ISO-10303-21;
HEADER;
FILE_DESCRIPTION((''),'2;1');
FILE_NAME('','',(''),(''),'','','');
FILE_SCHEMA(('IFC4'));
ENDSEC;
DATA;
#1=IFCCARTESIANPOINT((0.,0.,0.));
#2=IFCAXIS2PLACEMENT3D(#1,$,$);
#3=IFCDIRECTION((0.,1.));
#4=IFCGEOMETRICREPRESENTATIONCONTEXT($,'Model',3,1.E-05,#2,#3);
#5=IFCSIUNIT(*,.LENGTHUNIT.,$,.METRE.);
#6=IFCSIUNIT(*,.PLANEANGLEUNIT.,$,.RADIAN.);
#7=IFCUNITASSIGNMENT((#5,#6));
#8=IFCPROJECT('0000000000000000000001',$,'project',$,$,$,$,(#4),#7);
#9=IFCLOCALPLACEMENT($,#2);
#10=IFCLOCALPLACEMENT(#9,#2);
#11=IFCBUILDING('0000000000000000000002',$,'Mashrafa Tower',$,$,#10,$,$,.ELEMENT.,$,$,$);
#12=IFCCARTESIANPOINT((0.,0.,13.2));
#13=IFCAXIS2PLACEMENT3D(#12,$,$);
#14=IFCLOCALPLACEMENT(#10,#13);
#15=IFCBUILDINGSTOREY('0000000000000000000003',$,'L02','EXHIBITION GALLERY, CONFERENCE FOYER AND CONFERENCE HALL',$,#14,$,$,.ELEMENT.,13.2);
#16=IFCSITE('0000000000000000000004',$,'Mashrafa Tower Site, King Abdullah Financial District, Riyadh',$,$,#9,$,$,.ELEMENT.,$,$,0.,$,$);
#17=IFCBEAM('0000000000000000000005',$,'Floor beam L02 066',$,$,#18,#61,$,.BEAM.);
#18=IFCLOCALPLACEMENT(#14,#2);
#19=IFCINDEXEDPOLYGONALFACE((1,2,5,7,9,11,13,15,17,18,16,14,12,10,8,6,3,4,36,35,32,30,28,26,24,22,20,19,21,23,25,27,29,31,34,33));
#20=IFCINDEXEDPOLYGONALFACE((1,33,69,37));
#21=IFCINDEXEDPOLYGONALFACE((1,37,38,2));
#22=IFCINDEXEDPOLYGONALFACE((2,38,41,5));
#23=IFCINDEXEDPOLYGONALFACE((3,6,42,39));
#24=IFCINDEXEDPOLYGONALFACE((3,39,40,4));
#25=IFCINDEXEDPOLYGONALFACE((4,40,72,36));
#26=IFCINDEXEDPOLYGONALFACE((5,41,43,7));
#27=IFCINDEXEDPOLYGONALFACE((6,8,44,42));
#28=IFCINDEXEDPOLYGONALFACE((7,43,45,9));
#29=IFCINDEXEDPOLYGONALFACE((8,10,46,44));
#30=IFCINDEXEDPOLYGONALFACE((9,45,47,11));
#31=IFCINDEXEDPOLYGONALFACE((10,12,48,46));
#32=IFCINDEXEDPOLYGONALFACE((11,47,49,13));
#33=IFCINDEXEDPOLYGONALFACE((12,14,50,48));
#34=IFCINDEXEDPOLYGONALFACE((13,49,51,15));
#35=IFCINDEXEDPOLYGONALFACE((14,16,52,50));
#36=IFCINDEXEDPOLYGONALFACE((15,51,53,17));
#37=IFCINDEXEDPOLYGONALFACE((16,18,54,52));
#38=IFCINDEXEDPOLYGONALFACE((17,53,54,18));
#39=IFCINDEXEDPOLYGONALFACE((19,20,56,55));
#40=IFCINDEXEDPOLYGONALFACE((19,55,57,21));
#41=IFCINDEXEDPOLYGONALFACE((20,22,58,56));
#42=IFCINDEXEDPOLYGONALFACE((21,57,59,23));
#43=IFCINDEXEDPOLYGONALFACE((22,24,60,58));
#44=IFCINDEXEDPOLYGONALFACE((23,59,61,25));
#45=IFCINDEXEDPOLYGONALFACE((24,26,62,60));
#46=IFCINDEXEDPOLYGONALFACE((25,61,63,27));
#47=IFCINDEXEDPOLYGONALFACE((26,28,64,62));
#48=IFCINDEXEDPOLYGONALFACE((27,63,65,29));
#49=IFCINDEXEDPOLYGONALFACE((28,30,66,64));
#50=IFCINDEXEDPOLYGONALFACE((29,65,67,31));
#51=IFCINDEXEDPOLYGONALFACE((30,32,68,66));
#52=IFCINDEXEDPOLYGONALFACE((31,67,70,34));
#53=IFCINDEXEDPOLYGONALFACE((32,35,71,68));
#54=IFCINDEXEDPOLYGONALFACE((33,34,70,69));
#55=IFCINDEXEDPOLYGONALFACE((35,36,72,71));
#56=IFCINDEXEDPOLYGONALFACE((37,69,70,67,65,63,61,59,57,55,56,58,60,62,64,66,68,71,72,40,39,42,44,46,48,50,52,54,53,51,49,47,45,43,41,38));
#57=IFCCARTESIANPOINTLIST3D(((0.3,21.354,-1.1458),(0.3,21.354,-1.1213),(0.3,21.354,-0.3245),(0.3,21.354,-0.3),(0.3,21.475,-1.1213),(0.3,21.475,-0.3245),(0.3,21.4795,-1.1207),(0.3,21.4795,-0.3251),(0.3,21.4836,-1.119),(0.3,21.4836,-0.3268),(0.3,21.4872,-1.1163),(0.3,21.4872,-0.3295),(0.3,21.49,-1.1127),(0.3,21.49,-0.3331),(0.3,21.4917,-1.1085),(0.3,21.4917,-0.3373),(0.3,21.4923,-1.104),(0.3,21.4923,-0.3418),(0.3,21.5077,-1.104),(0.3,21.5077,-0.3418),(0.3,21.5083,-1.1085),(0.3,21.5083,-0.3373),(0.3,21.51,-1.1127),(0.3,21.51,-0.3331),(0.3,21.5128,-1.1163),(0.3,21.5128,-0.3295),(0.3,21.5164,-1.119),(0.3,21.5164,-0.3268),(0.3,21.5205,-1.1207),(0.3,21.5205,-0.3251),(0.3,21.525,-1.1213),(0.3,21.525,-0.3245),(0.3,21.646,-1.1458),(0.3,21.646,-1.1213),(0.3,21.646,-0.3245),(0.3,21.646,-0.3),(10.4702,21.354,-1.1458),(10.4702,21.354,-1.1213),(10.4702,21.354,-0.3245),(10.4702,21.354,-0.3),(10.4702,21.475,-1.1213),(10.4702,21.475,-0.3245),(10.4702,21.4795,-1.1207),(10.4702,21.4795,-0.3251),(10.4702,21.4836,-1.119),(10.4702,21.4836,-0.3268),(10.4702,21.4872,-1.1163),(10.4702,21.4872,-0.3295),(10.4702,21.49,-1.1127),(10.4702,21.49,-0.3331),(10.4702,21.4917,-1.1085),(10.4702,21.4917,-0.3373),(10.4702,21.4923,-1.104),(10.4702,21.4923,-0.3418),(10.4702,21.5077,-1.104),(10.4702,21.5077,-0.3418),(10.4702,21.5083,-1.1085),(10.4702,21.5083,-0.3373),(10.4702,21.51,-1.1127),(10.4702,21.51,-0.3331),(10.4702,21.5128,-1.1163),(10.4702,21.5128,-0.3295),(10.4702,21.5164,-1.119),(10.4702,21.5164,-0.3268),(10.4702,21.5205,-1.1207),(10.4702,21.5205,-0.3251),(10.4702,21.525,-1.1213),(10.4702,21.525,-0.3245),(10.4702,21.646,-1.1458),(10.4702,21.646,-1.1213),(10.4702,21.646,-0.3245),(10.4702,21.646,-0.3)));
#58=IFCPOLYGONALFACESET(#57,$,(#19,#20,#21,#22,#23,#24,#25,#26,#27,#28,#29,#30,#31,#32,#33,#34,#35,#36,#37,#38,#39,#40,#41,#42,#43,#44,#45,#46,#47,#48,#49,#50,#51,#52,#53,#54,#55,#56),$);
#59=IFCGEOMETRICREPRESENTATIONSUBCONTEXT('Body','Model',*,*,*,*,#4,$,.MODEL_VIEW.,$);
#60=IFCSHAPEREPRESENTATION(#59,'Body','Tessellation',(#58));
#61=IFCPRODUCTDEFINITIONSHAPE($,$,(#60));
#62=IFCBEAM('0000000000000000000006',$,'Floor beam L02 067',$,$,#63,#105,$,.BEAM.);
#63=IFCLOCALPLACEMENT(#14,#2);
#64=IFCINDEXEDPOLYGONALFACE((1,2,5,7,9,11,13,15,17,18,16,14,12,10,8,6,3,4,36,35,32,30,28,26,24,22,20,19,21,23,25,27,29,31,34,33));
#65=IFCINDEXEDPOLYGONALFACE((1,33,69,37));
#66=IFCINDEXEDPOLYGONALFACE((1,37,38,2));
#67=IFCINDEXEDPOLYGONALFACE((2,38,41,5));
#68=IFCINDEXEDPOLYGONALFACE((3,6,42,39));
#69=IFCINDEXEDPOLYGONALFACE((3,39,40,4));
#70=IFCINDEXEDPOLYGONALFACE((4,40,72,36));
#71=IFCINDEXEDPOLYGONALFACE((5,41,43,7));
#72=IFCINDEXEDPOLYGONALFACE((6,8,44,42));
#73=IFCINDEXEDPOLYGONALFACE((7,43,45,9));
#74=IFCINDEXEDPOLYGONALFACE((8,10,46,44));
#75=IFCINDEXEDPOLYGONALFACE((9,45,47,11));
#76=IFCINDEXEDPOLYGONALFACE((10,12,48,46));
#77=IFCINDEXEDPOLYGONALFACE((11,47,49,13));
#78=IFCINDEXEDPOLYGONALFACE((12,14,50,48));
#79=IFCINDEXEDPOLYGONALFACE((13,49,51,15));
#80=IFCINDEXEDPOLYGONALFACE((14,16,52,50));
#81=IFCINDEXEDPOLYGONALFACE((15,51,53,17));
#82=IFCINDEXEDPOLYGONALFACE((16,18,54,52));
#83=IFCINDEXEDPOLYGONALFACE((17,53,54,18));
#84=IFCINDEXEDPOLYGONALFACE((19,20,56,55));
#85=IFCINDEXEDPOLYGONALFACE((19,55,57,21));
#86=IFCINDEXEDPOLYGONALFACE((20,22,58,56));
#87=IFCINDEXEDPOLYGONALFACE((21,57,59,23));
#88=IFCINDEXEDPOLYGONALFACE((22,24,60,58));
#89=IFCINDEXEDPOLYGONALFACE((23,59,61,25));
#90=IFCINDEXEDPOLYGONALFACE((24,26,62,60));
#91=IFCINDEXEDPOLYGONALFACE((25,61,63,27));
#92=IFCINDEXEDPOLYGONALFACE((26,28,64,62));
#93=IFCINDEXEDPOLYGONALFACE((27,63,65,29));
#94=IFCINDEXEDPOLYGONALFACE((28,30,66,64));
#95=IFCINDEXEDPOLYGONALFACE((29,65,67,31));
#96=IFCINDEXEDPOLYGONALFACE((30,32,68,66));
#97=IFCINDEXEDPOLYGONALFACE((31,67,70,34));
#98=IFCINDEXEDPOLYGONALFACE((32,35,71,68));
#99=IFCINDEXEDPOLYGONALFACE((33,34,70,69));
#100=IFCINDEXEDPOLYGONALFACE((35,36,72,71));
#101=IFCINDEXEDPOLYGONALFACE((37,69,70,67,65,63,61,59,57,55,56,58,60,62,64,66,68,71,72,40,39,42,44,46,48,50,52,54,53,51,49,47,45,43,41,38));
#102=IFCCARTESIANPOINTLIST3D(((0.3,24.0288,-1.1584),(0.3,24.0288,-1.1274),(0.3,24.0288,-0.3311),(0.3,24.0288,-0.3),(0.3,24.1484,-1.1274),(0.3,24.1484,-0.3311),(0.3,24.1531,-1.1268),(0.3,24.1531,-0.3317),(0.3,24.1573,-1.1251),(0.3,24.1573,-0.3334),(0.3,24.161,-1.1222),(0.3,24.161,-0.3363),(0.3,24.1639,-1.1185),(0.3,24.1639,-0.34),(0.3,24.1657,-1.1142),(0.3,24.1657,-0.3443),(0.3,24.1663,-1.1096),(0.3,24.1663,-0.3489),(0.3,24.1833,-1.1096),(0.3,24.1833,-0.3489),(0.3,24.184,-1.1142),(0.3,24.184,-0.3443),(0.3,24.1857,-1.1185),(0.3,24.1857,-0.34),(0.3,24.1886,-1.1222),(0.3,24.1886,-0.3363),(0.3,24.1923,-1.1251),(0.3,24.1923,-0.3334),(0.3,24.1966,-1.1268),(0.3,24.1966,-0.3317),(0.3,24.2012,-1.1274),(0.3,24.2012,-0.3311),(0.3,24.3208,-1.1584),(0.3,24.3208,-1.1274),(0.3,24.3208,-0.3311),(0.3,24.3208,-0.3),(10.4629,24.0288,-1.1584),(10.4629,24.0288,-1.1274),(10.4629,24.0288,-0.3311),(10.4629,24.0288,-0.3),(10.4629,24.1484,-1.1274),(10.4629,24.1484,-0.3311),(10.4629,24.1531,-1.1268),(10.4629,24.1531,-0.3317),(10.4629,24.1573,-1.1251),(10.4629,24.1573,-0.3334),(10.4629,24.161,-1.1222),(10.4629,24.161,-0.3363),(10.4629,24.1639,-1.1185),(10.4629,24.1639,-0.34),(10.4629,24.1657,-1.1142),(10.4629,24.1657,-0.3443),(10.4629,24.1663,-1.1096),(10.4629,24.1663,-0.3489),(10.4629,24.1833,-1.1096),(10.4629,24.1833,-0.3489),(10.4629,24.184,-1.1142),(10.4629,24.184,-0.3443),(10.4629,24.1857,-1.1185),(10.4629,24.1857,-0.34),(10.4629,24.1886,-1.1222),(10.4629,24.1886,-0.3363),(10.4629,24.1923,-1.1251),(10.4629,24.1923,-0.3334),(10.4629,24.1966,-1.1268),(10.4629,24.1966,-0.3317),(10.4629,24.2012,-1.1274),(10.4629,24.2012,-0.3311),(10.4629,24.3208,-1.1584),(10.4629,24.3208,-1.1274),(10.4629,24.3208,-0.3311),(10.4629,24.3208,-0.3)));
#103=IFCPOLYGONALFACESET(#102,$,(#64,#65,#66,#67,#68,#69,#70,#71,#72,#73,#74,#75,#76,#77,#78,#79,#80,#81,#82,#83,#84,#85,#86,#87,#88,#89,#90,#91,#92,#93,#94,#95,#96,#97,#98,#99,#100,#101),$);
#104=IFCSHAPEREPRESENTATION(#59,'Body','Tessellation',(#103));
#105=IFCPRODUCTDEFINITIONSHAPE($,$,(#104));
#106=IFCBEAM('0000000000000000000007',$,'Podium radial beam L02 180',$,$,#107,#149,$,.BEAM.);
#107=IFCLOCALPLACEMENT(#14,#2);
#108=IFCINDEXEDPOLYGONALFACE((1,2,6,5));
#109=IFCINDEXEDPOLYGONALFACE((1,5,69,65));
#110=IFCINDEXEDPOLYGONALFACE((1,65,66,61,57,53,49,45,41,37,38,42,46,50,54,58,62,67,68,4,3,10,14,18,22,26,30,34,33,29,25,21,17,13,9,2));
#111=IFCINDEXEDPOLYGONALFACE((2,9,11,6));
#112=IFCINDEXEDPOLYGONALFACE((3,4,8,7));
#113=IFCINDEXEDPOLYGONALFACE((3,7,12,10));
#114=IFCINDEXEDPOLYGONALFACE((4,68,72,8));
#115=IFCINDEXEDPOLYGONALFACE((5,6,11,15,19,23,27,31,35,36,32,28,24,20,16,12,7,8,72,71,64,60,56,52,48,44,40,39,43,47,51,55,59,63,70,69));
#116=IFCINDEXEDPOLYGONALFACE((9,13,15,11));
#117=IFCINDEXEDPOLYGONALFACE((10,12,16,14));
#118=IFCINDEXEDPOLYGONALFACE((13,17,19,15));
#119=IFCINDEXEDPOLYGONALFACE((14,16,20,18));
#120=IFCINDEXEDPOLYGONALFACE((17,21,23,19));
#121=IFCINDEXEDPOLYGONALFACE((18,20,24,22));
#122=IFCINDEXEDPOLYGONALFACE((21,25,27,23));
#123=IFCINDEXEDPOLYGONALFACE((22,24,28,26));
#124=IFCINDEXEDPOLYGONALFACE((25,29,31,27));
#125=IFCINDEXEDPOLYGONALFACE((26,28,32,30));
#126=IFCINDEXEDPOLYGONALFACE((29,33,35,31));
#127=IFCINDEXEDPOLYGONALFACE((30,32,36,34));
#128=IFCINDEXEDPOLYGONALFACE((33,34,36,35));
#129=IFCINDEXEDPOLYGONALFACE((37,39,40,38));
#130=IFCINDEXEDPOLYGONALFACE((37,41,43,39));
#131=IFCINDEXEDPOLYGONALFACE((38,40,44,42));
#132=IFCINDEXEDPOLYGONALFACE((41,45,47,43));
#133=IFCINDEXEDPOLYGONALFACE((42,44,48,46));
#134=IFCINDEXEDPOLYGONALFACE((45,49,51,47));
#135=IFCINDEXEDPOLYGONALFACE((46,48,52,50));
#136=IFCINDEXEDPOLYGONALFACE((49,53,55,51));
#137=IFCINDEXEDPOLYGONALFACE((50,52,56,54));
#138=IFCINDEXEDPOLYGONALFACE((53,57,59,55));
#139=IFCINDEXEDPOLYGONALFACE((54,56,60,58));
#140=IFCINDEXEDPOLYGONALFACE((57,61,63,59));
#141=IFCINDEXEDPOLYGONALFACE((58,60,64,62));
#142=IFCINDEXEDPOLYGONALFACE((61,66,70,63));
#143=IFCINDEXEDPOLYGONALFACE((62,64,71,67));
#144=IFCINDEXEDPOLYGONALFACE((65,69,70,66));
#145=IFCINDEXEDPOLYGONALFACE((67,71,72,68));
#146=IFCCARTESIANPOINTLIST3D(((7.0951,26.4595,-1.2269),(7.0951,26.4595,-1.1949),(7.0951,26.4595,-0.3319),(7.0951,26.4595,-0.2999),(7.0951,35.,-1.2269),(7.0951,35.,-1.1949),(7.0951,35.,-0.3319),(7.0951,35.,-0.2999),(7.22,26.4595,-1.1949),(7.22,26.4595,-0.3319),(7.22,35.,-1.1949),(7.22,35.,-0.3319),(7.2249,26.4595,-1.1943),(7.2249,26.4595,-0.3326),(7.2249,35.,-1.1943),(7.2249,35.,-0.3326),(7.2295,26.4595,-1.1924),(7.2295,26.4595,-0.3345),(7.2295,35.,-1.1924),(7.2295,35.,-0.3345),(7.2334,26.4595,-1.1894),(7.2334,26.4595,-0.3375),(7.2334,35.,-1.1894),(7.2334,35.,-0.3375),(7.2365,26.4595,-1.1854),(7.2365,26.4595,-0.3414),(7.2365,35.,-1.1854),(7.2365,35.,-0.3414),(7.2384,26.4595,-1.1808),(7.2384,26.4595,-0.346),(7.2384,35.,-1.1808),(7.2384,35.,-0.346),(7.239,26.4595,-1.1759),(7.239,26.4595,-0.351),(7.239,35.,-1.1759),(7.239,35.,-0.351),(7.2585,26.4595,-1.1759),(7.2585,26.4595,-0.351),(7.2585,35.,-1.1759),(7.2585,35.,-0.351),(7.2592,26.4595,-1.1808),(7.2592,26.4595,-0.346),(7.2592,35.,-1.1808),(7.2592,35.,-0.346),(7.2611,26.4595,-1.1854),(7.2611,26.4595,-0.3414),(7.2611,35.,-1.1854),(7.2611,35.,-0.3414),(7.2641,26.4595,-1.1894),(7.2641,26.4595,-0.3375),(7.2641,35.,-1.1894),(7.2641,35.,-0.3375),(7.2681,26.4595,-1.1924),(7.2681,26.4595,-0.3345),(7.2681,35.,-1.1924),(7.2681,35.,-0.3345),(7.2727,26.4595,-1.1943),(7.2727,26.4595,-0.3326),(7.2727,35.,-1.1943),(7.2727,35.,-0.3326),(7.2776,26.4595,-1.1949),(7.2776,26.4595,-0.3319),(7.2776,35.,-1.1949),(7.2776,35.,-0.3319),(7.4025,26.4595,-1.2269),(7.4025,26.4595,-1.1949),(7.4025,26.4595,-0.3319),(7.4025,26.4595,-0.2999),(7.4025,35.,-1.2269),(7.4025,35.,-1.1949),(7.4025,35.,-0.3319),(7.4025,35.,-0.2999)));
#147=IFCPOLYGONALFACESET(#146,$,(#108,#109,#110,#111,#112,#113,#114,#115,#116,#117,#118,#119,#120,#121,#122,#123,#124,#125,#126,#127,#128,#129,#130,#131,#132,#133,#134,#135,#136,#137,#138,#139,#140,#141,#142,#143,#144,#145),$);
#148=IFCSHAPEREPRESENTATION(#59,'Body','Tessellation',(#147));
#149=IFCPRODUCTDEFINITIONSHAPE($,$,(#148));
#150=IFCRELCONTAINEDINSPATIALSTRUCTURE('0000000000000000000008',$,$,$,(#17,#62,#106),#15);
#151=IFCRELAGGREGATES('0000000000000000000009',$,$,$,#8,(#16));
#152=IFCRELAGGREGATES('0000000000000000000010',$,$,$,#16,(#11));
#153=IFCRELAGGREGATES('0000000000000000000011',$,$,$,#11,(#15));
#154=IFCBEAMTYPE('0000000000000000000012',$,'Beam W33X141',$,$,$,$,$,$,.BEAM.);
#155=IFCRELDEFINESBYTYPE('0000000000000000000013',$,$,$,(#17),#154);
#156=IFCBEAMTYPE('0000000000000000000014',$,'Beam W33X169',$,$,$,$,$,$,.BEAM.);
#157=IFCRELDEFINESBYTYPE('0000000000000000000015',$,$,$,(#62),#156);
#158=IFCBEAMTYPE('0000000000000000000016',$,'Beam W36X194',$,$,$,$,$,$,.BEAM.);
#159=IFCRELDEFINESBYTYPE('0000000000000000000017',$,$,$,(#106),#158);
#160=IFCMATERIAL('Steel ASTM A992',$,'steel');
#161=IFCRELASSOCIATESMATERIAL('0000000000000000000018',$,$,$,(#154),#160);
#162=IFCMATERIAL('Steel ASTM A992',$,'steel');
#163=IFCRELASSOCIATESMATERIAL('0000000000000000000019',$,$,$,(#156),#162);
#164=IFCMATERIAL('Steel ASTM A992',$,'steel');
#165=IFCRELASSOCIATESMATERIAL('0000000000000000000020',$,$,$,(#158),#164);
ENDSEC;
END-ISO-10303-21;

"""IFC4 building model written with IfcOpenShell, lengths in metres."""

from ifc_helpers import new_model, si_unit, direction, frame, origin, origin_2d, place, context, subcontext, project, spatial, i_section, extrude, material, material_profile, profile_set, type_object, element, save


model = new_model("IFC4")

# Units and contexts
model_context = context("Model", 3, precision=1e-05, world=origin(), true_north=direction((0.0, 1.0)))
body_context = subcontext(model_context, "Body", "Model", "MODEL_VIEW")
ifc_project = project(units=[si_unit("LENGTHUNIT", "METRE"), si_unit("PLANEANGLEUNIT", "RADIAN")], contexts=[model_context])

# Site, building, storey
site_placement = place(None, origin())
site = spatial("IfcSite", under=ifc_project, at=site_placement, Name="Mashrafa Tower Site, King Abdullah Financial District, Riyadh", CompositionType="ELEMENT", RefElevation=0.0)
building_placement = place(site_placement, origin())
building = spatial("IfcBuilding", under=site, at=building_placement, Name="Mashrafa Tower", CompositionType="ELEMENT")
storey_placement = place(building_placement, frame((0.0, 0.0, 13.2)))
storey = spatial("IfcBuildingStorey", under=building, at=storey_placement, Name="L02", Description="EXHIBITION GALLERY, CONFERENCE FOYER AND CONFERENCE HALL", CompositionType="ELEMENT", Elevation=13.2)

# Beams
ifc_material_1 = material(Name="Steel ASTM A992", Category="steel")
ifc_material_profile_1 = material_profile(ifc_material_1, i_section(OverallWidth=0.292, OverallDepth=0.8457, WebThickness=0.0154, FlangeThickness=0.0244, FilletRadius=0.0173, at=origin_2d()), Name="W33X141")
ifc_profile_set_1 = profile_set([ifc_material_profile_1], Name="Steel ASTM A992")
beam_type_1 = type_object("IfcBeamType", Name="Beam W33X141", PredefinedType="BEAM", material=ifc_profile_set_1)
beam_1_placement = place(storey_placement, frame((0.3, 21.5, -0.7229), z_axis=(1.0, 0.0, 0.0), x_axis=(0.0, 1.0, 0.0)))
element("IfcBeam", 1, at=beam_1_placement, inside=storey, type_object=beam_type_1, Name="Floor beam L02 066", PredefinedType="BEAM", context=body_context, shape_type="SweptSolid", body=[
    extrude(i_section(OverallWidth=0.292, OverallDepth=0.8457, WebThickness=0.0154, FlangeThickness=0.0244, FilletRadius=0.0173, at=origin_2d()), origin(), (0.0, 0.0, 1.0), 10.1702),
])
ifc_material_2 = material(Name="Steel ASTM A992", Category="steel")
ifc_material_profile_2 = material_profile(ifc_material_2, i_section(OverallWidth=0.292, OverallDepth=0.8584, WebThickness=0.0171, FlangeThickness=0.031, FilletRadius=0.0178, at=origin_2d()), Name="W33X169")
ifc_profile_set_2 = profile_set([ifc_material_profile_2], Name="Steel ASTM A992")
beam_type_2 = type_object("IfcBeamType", Name="Beam W33X169", PredefinedType="BEAM", material=ifc_profile_set_2)
beam_2_placement = place(storey_placement, frame((0.3, 24.1748, -0.7292), z_axis=(1.0, 0.0, 0.0), x_axis=(0.0, 1.0, 0.0)))
element("IfcBeam", 2, at=beam_2_placement, inside=storey, type_object=beam_type_2, Name="Floor beam L02 067", PredefinedType="BEAM", context=body_context, shape_type="SweptSolid", body=[
    extrude(i_section(OverallWidth=0.292, OverallDepth=0.8584, WebThickness=0.0171, FlangeThickness=0.031, FilletRadius=0.0178, at=origin_2d()), origin(), (0.0, 0.0, 1.0), 10.1628),
])
ifc_material_3 = material(Name="Steel ASTM A992", Category="steel")
ifc_material_profile_3 = material_profile(ifc_material_3, i_section(OverallWidth=0.3074, OverallDepth=0.927, WebThickness=0.0195, FlangeThickness=0.032, FilletRadius=0.019, at=origin_2d()), Name="W36X194")
ifc_profile_set_3 = profile_set([ifc_material_profile_3], Name="Steel ASTM A992")
beam_type_3 = type_object("IfcBeamType", Name="Beam W36X194", PredefinedType="BEAM", material=ifc_profile_set_3)
beam_3_placement = place(storey_placement, frame((7.2488, 26.4595, -0.7634), z_axis=(0.0, 1.0, 0.0), x_axis=(-1.0, 0.0, 0.0)))
element("IfcBeam", 3, at=beam_3_placement, inside=storey, type_object=beam_type_3, Name="Podium radial beam L02 180", PredefinedType="BEAM", context=body_context, shape_type="SweptSolid", body=[
    extrude(i_section(OverallWidth=0.3074, OverallDepth=0.927, WebThickness=0.0195, FlangeThickness=0.032, FilletRadius=0.019, at=origin_2d()), origin(), (0.0, 0.0, 1.0), 8.5405),
])

save(model, "model.ifc")
